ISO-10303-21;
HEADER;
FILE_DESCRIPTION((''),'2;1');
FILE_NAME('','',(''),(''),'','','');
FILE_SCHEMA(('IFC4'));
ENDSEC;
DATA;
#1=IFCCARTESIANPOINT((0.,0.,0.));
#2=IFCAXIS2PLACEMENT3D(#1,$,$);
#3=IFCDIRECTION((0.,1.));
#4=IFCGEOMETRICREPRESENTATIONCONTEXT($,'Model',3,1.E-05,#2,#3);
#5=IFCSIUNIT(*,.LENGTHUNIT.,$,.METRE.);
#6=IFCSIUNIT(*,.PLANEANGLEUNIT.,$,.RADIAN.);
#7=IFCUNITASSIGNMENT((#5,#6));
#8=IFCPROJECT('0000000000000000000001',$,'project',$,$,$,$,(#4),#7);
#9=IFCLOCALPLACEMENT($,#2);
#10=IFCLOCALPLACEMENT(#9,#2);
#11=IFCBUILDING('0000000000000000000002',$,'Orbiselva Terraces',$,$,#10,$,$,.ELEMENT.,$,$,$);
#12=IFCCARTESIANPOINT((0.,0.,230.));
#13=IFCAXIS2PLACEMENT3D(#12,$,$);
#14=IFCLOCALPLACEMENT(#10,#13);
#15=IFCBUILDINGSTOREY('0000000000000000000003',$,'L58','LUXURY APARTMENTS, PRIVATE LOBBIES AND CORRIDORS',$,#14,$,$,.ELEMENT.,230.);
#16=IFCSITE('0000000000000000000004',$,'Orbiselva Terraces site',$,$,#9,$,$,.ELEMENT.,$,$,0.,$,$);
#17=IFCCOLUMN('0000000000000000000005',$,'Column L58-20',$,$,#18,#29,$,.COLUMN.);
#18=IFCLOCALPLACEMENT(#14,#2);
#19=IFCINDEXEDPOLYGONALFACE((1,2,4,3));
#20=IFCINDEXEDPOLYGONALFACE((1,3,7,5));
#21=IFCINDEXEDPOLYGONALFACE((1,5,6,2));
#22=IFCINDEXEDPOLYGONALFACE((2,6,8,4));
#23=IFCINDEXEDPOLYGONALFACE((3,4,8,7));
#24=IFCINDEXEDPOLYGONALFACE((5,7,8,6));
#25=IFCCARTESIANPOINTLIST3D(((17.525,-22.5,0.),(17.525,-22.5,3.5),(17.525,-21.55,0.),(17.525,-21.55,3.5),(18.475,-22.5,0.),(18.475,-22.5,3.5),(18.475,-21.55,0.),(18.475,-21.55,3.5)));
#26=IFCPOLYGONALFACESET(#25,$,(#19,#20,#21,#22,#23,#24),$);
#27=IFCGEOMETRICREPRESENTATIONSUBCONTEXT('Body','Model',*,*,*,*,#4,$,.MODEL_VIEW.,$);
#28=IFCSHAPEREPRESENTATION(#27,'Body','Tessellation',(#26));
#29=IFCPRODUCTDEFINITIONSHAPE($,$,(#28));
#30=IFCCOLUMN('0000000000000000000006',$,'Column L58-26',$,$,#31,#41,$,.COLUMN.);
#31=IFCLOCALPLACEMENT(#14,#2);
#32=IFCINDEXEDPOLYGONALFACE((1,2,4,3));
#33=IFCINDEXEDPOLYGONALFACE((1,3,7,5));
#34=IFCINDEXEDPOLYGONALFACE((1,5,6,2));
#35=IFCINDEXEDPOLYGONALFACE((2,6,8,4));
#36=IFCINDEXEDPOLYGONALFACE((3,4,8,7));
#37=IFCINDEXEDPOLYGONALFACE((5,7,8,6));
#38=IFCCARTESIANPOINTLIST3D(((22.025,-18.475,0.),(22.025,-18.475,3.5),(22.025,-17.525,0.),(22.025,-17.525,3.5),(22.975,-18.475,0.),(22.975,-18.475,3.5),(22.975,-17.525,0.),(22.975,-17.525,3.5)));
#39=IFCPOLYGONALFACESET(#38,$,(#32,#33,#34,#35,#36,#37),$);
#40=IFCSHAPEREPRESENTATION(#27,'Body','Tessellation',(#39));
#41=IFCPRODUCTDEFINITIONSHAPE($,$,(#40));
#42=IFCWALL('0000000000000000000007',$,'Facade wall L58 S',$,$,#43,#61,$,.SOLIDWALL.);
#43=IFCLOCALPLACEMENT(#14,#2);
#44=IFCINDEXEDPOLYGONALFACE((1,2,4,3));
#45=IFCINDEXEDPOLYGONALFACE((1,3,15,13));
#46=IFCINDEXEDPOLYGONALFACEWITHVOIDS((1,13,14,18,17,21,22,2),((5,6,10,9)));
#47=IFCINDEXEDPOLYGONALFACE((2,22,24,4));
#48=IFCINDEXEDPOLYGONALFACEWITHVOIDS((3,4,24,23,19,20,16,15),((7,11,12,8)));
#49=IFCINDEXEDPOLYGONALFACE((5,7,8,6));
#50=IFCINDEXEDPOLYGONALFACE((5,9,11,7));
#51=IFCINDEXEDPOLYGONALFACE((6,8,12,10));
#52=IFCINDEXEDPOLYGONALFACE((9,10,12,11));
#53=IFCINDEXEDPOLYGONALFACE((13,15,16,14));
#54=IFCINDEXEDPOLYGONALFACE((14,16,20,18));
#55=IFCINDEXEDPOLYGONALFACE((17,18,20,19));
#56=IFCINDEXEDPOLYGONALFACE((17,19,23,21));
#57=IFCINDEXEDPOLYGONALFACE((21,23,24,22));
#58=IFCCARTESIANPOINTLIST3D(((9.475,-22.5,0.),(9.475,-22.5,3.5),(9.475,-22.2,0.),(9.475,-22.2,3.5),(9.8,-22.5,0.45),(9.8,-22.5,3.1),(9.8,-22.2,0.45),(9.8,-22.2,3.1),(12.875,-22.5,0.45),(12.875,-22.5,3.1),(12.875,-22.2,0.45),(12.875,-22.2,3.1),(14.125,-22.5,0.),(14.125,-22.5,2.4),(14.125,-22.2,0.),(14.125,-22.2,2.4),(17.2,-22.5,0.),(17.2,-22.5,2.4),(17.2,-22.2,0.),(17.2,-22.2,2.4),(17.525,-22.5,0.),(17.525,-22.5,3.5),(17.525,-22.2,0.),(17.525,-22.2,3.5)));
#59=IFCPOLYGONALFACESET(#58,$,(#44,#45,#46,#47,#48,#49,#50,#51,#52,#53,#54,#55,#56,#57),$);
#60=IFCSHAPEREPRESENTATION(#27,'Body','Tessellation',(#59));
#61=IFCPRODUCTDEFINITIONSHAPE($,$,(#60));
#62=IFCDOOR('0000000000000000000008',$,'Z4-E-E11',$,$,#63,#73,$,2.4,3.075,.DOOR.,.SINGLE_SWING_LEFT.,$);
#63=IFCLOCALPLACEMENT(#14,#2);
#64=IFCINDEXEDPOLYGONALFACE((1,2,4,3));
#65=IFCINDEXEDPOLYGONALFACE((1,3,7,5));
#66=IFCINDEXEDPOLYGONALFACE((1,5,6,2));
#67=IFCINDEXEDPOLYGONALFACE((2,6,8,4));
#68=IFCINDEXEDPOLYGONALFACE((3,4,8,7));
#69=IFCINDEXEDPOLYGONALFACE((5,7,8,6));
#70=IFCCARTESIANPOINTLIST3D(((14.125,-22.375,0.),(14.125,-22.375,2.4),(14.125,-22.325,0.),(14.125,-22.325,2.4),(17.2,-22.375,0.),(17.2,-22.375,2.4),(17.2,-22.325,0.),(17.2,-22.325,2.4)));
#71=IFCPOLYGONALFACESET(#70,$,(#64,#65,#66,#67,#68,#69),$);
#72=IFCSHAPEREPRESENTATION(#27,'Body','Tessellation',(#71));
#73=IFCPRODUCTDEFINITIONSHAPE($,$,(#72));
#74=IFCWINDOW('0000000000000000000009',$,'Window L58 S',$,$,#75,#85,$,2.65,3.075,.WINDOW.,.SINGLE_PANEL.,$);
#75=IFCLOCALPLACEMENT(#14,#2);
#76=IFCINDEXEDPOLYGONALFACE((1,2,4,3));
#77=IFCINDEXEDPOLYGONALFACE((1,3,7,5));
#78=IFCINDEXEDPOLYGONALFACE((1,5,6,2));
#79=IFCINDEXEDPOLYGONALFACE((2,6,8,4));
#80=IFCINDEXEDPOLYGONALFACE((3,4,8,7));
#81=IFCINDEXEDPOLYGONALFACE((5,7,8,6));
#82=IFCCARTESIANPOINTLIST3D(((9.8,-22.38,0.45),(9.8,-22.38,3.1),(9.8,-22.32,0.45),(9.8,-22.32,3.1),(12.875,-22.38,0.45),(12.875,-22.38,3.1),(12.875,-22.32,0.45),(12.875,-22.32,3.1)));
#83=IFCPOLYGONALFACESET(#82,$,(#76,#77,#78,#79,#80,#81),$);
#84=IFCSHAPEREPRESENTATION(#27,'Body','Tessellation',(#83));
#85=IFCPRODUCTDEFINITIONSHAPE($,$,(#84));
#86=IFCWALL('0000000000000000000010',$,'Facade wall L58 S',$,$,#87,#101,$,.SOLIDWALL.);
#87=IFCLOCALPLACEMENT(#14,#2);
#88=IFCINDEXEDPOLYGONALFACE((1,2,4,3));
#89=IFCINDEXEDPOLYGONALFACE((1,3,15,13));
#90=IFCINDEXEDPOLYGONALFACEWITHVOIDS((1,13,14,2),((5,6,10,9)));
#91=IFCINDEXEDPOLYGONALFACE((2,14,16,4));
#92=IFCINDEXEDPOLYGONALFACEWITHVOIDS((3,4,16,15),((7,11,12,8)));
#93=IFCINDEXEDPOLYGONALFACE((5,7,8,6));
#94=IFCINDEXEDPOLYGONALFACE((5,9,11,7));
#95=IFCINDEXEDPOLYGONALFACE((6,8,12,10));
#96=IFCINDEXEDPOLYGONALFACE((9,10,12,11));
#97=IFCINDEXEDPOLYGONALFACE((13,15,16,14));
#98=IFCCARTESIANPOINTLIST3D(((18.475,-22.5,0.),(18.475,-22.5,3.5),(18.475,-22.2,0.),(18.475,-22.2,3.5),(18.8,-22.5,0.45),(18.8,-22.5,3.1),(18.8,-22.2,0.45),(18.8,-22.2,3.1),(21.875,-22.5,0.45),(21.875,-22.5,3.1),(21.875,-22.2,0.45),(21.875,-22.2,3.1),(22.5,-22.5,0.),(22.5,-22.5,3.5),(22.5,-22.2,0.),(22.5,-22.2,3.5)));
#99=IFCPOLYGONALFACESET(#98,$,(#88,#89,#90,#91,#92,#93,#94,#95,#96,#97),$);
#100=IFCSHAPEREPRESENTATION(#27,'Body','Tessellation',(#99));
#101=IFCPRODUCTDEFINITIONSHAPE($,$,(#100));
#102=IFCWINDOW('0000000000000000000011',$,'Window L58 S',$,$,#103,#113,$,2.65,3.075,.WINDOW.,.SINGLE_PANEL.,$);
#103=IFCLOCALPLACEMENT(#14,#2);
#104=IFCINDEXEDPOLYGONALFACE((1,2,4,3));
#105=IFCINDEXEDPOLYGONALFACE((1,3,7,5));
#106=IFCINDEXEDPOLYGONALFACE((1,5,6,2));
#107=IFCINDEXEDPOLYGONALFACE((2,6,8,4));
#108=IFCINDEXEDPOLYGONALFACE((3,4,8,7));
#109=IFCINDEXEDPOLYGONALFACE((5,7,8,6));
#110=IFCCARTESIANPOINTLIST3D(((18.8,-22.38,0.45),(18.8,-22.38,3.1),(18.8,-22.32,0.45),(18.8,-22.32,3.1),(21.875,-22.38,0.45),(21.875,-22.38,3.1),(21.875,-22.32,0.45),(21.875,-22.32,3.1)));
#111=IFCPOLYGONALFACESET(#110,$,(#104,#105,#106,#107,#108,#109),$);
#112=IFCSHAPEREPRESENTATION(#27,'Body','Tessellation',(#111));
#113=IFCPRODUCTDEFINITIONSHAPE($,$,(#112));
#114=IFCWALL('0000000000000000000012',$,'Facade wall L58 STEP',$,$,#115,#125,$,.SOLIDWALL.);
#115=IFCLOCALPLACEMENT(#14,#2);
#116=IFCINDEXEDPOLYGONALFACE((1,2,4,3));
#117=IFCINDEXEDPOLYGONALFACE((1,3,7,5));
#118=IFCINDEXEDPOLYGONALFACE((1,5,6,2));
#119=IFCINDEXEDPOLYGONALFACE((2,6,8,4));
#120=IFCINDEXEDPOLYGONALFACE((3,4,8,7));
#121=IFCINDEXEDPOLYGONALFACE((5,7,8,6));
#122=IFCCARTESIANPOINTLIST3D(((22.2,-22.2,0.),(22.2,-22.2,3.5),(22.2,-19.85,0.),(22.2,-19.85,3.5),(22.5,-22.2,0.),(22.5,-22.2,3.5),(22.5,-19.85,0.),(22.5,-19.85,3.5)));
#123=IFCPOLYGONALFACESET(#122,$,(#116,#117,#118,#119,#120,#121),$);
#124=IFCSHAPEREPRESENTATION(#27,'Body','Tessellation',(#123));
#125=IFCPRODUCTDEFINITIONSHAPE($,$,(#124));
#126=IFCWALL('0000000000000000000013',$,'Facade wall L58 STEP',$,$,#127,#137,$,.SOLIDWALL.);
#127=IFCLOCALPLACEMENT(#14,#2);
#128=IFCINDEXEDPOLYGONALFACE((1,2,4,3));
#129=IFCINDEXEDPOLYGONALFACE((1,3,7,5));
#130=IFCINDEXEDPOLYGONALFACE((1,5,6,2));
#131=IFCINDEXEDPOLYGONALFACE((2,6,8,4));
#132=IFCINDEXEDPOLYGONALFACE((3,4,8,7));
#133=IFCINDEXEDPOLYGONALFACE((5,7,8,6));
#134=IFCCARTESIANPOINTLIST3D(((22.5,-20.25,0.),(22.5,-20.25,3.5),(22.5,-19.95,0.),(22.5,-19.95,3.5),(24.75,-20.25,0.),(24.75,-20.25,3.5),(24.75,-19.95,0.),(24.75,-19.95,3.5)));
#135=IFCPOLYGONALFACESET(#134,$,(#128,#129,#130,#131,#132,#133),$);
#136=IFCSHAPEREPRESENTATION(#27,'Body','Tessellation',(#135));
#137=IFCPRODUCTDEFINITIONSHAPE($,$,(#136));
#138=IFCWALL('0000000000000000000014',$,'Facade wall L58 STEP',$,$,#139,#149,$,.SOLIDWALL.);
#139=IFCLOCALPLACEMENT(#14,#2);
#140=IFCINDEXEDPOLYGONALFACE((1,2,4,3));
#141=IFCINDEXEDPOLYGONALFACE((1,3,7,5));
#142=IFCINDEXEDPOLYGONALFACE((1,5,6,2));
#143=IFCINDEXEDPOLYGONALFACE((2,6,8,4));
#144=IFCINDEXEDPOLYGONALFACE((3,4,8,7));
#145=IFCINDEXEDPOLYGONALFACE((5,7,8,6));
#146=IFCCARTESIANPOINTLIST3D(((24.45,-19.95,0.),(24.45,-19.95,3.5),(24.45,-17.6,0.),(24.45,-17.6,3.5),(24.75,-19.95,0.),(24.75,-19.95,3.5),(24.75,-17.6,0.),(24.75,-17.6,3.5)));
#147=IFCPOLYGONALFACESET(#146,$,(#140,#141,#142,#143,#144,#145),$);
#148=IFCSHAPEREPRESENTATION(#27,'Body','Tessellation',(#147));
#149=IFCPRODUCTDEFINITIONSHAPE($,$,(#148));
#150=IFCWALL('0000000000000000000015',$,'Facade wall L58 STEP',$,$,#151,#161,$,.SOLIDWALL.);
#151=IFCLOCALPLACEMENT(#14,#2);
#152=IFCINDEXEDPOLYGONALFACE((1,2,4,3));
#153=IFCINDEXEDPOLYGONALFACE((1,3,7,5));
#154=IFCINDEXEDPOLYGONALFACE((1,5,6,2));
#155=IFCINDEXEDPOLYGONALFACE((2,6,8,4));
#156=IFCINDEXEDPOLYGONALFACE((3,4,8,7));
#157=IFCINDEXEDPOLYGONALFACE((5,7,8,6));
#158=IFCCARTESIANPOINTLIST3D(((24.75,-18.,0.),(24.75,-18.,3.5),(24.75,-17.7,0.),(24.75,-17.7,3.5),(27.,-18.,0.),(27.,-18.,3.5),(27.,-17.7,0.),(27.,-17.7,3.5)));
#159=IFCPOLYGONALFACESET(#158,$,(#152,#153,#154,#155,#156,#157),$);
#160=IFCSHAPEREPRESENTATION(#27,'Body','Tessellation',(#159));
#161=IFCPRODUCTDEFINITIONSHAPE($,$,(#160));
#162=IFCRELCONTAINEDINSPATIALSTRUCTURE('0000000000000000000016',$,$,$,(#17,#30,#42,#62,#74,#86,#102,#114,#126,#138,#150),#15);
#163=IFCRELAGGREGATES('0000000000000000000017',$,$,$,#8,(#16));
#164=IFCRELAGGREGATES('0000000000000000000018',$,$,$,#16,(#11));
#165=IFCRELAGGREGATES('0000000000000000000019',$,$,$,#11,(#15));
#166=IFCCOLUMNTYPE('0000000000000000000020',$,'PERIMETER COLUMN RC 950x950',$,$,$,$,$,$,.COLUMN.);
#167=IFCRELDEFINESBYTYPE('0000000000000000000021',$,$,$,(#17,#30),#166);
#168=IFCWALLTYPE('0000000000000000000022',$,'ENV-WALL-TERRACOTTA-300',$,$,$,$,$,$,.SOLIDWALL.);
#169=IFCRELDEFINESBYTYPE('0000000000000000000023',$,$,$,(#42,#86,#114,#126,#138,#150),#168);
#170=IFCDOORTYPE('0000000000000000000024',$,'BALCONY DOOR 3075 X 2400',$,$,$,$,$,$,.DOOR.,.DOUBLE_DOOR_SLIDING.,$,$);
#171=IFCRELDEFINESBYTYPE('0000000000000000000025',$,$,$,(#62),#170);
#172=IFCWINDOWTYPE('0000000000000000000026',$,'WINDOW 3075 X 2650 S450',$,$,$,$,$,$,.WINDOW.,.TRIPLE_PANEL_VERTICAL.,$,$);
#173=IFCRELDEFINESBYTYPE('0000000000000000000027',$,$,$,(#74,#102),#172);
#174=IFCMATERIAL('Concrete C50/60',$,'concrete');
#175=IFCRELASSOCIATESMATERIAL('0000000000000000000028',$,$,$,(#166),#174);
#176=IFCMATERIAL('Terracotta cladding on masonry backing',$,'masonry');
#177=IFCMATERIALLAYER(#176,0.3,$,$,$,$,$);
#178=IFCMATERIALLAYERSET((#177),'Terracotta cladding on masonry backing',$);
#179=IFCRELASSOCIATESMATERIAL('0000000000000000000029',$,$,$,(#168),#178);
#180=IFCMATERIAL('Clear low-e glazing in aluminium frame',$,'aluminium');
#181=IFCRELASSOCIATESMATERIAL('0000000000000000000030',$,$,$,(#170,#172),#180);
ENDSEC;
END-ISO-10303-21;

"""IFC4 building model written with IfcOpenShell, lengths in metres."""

from ifc_helpers import new_model, si_unit, direction, frame, frame_2d, origin, origin_2d, place, context, subcontext, project, spatial, rectangle, extrude, material, layer, layer_set, material_profile, profile_set, type_object, element, fill, save


model = new_model("IFC4")

# Units and contexts
model_context = context("Model", 3, precision=1e-05, world=origin(), true_north=direction((0.0, 1.0)))
body_context = subcontext(model_context, "Body", "Model", "MODEL_VIEW")
ifc_project = project(units=[si_unit("LENGTHUNIT", "METRE"), si_unit("PLANEANGLEUNIT", "RADIAN")], contexts=[model_context])

# Site, building, storey
site_placement = place(None, origin())
site = spatial("IfcSite", under=ifc_project, at=site_placement, Name="Orbiselva Terraces site", CompositionType="ELEMENT", RefElevation=0.0)
building_placement = place(site_placement, origin())
building = spatial("IfcBuilding", under=site, at=building_placement, Name="Orbiselva Terraces", CompositionType="ELEMENT")
storey_placement = place(building_placement, frame((0.0, 0.0, 230.0)))
storey = spatial("IfcBuildingStorey", under=building, at=storey_placement, Name="L58", Description="LUXURY APARTMENTS, PRIVATE LOBBIES AND CORRIDORS", CompositionType="ELEMENT", Elevation=230.0)

# Columns
ifc_material_1 = material(Name="Concrete C50/60", Category="concrete")
ifc_material_profile = material_profile(ifc_material_1, rectangle(XDim=0.95, YDim=0.95, at=origin_2d()), Name="RC 950x950")
ifc_profile_set = profile_set([ifc_material_profile], Name="Concrete C50/60")
column_type = type_object("IfcColumnType", Name="PERIMETER COLUMN RC 950x950", PredefinedType="COLUMN", material=ifc_profile_set)
for number, where, z_axis, x_axis, name in (
    (1, (18.0, -22.025, 0.0), (0.0, 0.0, 1.0), (1.0, 0.0, 0.0), "Column L58-20"),
    (2, (22.5, -18.0, 0.0), (0.0, 0.0, 1.0), (1.0, 0.0, 0.0), "Column L58-26"),
):
    element("IfcColumn", number, at=place(storey_placement, frame(where, z_axis=z_axis, x_axis=x_axis)), inside=storey, type_object=column_type, Name=name, PredefinedType="COLUMN", context=body_context, shape_type="SweptSolid", body=[
        extrude(rectangle(XDim=0.95, YDim=0.95, at=origin_2d()), origin(), (0.0, 0.0, 1.0), 3.5),
    ])

# Wall, openings, door, window
ifc_material_2 = material(Name="Terracotta cladding on masonry backing", Category="masonry")
ifc_layer_1 = layer(ifc_material_2, 0.3)
ifc_layer_set_1 = layer_set([ifc_layer_1], Name="Terracotta cladding on masonry backing")
wall_type_1 = type_object("IfcWallType", Name="ENV-WALL-TERRACOTTA-300", PredefinedType="SOLIDWALL", material=ifc_layer_set_1)
wall_1_placement = place(storey_placement, frame((17.525, -22.35, 0.0), z_axis=(0.0, 0.0, 1.0), x_axis=(-1.0, 0.0, 0.0)))
wall_1 = element("IfcWall", 3, at=wall_1_placement, inside=storey, type_object=wall_type_1, Name="Facade wall L58 S", PredefinedType="SOLIDWALL", context=body_context, shape_type="SweptSolid", body=[
    extrude(rectangle(XDim=8.05, YDim=0.3, at=frame_2d((4.025, 0.0))), origin(), (0.0, 0.0, 1.0), 3.5),
])
opening_1_placement = place(wall_1_placement, frame((4.65, 0.0, 0.45)))
opening_1 = element("IfcOpeningElement", 4, at=opening_1_placement, cuts=wall_1, PredefinedType="OPENING", context=body_context, shape_type="SweptSolid", body=[
    extrude(rectangle(XDim=3.075, YDim=2.65, at=frame_2d((1.5375, 1.325))), frame((0.0, 0.16, 0.0), z_axis=(0.0, -1.0, 0.0), x_axis=(1.0, 0.0, 0.0)), (0.0, 0.0, 1.0), 0.32),
])
opening_2_placement = place(wall_1_placement, frame((0.325, 0.0, 0.0)))
opening_2 = element("IfcOpeningElement", 5, at=opening_2_placement, cuts=wall_1, PredefinedType="OPENING", context=body_context, shape_type="SweptSolid", body=[
    extrude(rectangle(XDim=3.075, YDim=2.4, at=frame_2d((1.5375, 1.2))), frame((0.0, 0.16, 0.0), z_axis=(0.0, -1.0, 0.0), x_axis=(1.0, 0.0, 0.0)), (0.0, 0.0, 1.0), 0.32),
])
ifc_material_3 = material(Name="Clear low-e glazing in aluminium frame", Category="aluminium")
door_type_1 = type_object("IfcDoorType", Name="BALCONY DOOR 3075 X 2400", OperationType="DOUBLE_DOOR_SLIDING", PredefinedType="DOOR", material=ifc_material_3)
door_1_placement = place(opening_2_placement, origin())
door_1 = element("IfcDoor", 6, at=door_1_placement, inside=storey, type_object=door_type_1, Name="Z4-E-E11", OperationType="SINGLE_SWING_LEFT", OverallHeight=2.4, OverallWidth=3.075, PredefinedType="DOOR", context=body_context, shape_type="SweptSolid", body=[
    extrude(rectangle(XDim=3.075, YDim=2.4, at=frame_2d((1.5375, 1.2))), frame((0.0, 0.025, 0.0), z_axis=(0.0, -1.0, 0.0), x_axis=(1.0, 0.0, 0.0)), (0.0, 0.0, 1.0), 0.05),
])
fill(opening_2, door_1)
window_type = type_object("IfcWindowType", Name="WINDOW 3075 X 2650 S450", PartitioningType="TRIPLE_PANEL_VERTICAL", PredefinedType="WINDOW", material=ifc_material_3)
window_1_placement = place(opening_1_placement, origin())
window_1 = element("IfcWindow", 7, at=window_1_placement, inside=storey, type_object=window_type, Name="Window L58 S", OverallHeight=2.65, OverallWidth=3.075, PartitioningType="SINGLE_PANEL", PredefinedType="WINDOW", context=body_context, shape_type="SweptSolid", body=[
    extrude(rectangle(XDim=3.075, YDim=2.65, at=frame_2d((1.5375, 1.325))), frame((0.0, 0.03, 0.0), z_axis=(0.0, -1.0, 0.0), x_axis=(1.0, 0.0, 0.0)), (0.0, 0.0, 1.0), 0.06),
])
fill(opening_1, window_1)

# Wall, opening, window
wall_2_placement = place(storey_placement, frame((22.5, -22.35, 0.0), z_axis=(0.0, 0.0, 1.0), x_axis=(-1.0, 0.0, 0.0)))
wall_2 = element("IfcWall", 8, at=wall_2_placement, inside=storey, type_object=wall_type_1, Name="Facade wall L58 S", PredefinedType="SOLIDWALL", context=body_context, shape_type="SweptSolid", body=[
    extrude(rectangle(XDim=4.025, YDim=0.3, at=frame_2d((2.0125, 0.0))), origin(), (0.0, 0.0, 1.0), 3.5),
])
opening_3_placement = place(wall_2_placement, frame((0.625, 0.0, 0.45)))
opening_3 = element("IfcOpeningElement", 9, at=opening_3_placement, cuts=wall_2, PredefinedType="OPENING", context=body_context, shape_type="SweptSolid", body=[
    extrude(rectangle(XDim=3.075, YDim=2.65, at=frame_2d((1.5375, 1.325))), frame((0.0, 0.16, 0.0), z_axis=(0.0, -1.0, 0.0), x_axis=(1.0, 0.0, 0.0)), (0.0, 0.0, 1.0), 0.32),
])
window_2_placement = place(opening_3_placement, origin())
window_2 = element("IfcWindow", 10, at=window_2_placement, inside=storey, type_object=window_type, Name="Window L58 S", OverallHeight=2.65, OverallWidth=3.075, PartitioningType="SINGLE_PANEL", PredefinedType="WINDOW", context=body_context, shape_type="SweptSolid", body=[
    extrude(rectangle(XDim=3.075, YDim=2.65, at=frame_2d((1.5375, 1.325))), frame((0.0, 0.03, 0.0), z_axis=(0.0, -1.0, 0.0), x_axis=(1.0, 0.0, 0.0)), (0.0, 0.0, 1.0), 0.06),
])
fill(opening_3, window_2)

# Walls
wall_3_placement = place(storey_placement, frame((22.35, -19.85, 0.0), z_axis=(0.0, 0.0, 1.0), x_axis=(0.0, -1.0, 0.0)))
element("IfcWall", 11, at=wall_3_placement, inside=storey, type_object=wall_type_1, Name="Facade wall L58 STEP", PredefinedType="SOLIDWALL", context=body_context, shape_type="SweptSolid", body=[
    extrude(rectangle(XDim=2.35, YDim=0.3, at=frame_2d((1.175, 0.0))), origin(), (0.0, 0.0, 1.0), 3.5),
])
wall_4_placement = place(storey_placement, frame((24.75, -20.1, 0.0), z_axis=(0.0, 0.0, 1.0), x_axis=(-1.0, 0.0, 0.0)))
element("IfcWall", 12, at=wall_4_placement, inside=storey, type_object=wall_type_1, Name="Facade wall L58 STEP", PredefinedType="SOLIDWALL", context=body_context, shape_type="SweptSolid", body=[
    extrude(rectangle(XDim=2.25, YDim=0.3, at=frame_2d((1.125, 0.0))), origin(), (0.0, 0.0, 1.0), 3.5),
])
wall_5_placement = place(storey_placement, frame((24.6, -17.6, 0.0), z_axis=(0.0, 0.0, 1.0), x_axis=(0.0, -1.0, 0.0)))
element("IfcWall", 13, at=wall_5_placement, inside=storey, type_object=wall_type_1, Name="Facade wall L58 STEP", PredefinedType="SOLIDWALL", context=body_context, shape_type="SweptSolid", body=[
    extrude(rectangle(XDim=2.35, YDim=0.3, at=frame_2d((1.175, 0.0))), origin(), (0.0, 0.0, 1.0), 3.5),
])
wall_6_placement = place(storey_placement, frame((27.0, -17.85, 0.0), z_axis=(0.0, 0.0, 1.0), x_axis=(-1.0, 0.0, 0.0)))
element("IfcWall", 14, at=wall_6_placement, inside=storey, type_object=wall_type_1, Name="Facade wall L58 STEP", PredefinedType="SOLIDWALL", context=body_context, shape_type="SweptSolid", body=[
    extrude(rectangle(XDim=2.25, YDim=0.3, at=frame_2d((1.125, 0.0))), origin(), (0.0, 0.0, 1.0), 3.5),
])

save(model, "model.ifc")
